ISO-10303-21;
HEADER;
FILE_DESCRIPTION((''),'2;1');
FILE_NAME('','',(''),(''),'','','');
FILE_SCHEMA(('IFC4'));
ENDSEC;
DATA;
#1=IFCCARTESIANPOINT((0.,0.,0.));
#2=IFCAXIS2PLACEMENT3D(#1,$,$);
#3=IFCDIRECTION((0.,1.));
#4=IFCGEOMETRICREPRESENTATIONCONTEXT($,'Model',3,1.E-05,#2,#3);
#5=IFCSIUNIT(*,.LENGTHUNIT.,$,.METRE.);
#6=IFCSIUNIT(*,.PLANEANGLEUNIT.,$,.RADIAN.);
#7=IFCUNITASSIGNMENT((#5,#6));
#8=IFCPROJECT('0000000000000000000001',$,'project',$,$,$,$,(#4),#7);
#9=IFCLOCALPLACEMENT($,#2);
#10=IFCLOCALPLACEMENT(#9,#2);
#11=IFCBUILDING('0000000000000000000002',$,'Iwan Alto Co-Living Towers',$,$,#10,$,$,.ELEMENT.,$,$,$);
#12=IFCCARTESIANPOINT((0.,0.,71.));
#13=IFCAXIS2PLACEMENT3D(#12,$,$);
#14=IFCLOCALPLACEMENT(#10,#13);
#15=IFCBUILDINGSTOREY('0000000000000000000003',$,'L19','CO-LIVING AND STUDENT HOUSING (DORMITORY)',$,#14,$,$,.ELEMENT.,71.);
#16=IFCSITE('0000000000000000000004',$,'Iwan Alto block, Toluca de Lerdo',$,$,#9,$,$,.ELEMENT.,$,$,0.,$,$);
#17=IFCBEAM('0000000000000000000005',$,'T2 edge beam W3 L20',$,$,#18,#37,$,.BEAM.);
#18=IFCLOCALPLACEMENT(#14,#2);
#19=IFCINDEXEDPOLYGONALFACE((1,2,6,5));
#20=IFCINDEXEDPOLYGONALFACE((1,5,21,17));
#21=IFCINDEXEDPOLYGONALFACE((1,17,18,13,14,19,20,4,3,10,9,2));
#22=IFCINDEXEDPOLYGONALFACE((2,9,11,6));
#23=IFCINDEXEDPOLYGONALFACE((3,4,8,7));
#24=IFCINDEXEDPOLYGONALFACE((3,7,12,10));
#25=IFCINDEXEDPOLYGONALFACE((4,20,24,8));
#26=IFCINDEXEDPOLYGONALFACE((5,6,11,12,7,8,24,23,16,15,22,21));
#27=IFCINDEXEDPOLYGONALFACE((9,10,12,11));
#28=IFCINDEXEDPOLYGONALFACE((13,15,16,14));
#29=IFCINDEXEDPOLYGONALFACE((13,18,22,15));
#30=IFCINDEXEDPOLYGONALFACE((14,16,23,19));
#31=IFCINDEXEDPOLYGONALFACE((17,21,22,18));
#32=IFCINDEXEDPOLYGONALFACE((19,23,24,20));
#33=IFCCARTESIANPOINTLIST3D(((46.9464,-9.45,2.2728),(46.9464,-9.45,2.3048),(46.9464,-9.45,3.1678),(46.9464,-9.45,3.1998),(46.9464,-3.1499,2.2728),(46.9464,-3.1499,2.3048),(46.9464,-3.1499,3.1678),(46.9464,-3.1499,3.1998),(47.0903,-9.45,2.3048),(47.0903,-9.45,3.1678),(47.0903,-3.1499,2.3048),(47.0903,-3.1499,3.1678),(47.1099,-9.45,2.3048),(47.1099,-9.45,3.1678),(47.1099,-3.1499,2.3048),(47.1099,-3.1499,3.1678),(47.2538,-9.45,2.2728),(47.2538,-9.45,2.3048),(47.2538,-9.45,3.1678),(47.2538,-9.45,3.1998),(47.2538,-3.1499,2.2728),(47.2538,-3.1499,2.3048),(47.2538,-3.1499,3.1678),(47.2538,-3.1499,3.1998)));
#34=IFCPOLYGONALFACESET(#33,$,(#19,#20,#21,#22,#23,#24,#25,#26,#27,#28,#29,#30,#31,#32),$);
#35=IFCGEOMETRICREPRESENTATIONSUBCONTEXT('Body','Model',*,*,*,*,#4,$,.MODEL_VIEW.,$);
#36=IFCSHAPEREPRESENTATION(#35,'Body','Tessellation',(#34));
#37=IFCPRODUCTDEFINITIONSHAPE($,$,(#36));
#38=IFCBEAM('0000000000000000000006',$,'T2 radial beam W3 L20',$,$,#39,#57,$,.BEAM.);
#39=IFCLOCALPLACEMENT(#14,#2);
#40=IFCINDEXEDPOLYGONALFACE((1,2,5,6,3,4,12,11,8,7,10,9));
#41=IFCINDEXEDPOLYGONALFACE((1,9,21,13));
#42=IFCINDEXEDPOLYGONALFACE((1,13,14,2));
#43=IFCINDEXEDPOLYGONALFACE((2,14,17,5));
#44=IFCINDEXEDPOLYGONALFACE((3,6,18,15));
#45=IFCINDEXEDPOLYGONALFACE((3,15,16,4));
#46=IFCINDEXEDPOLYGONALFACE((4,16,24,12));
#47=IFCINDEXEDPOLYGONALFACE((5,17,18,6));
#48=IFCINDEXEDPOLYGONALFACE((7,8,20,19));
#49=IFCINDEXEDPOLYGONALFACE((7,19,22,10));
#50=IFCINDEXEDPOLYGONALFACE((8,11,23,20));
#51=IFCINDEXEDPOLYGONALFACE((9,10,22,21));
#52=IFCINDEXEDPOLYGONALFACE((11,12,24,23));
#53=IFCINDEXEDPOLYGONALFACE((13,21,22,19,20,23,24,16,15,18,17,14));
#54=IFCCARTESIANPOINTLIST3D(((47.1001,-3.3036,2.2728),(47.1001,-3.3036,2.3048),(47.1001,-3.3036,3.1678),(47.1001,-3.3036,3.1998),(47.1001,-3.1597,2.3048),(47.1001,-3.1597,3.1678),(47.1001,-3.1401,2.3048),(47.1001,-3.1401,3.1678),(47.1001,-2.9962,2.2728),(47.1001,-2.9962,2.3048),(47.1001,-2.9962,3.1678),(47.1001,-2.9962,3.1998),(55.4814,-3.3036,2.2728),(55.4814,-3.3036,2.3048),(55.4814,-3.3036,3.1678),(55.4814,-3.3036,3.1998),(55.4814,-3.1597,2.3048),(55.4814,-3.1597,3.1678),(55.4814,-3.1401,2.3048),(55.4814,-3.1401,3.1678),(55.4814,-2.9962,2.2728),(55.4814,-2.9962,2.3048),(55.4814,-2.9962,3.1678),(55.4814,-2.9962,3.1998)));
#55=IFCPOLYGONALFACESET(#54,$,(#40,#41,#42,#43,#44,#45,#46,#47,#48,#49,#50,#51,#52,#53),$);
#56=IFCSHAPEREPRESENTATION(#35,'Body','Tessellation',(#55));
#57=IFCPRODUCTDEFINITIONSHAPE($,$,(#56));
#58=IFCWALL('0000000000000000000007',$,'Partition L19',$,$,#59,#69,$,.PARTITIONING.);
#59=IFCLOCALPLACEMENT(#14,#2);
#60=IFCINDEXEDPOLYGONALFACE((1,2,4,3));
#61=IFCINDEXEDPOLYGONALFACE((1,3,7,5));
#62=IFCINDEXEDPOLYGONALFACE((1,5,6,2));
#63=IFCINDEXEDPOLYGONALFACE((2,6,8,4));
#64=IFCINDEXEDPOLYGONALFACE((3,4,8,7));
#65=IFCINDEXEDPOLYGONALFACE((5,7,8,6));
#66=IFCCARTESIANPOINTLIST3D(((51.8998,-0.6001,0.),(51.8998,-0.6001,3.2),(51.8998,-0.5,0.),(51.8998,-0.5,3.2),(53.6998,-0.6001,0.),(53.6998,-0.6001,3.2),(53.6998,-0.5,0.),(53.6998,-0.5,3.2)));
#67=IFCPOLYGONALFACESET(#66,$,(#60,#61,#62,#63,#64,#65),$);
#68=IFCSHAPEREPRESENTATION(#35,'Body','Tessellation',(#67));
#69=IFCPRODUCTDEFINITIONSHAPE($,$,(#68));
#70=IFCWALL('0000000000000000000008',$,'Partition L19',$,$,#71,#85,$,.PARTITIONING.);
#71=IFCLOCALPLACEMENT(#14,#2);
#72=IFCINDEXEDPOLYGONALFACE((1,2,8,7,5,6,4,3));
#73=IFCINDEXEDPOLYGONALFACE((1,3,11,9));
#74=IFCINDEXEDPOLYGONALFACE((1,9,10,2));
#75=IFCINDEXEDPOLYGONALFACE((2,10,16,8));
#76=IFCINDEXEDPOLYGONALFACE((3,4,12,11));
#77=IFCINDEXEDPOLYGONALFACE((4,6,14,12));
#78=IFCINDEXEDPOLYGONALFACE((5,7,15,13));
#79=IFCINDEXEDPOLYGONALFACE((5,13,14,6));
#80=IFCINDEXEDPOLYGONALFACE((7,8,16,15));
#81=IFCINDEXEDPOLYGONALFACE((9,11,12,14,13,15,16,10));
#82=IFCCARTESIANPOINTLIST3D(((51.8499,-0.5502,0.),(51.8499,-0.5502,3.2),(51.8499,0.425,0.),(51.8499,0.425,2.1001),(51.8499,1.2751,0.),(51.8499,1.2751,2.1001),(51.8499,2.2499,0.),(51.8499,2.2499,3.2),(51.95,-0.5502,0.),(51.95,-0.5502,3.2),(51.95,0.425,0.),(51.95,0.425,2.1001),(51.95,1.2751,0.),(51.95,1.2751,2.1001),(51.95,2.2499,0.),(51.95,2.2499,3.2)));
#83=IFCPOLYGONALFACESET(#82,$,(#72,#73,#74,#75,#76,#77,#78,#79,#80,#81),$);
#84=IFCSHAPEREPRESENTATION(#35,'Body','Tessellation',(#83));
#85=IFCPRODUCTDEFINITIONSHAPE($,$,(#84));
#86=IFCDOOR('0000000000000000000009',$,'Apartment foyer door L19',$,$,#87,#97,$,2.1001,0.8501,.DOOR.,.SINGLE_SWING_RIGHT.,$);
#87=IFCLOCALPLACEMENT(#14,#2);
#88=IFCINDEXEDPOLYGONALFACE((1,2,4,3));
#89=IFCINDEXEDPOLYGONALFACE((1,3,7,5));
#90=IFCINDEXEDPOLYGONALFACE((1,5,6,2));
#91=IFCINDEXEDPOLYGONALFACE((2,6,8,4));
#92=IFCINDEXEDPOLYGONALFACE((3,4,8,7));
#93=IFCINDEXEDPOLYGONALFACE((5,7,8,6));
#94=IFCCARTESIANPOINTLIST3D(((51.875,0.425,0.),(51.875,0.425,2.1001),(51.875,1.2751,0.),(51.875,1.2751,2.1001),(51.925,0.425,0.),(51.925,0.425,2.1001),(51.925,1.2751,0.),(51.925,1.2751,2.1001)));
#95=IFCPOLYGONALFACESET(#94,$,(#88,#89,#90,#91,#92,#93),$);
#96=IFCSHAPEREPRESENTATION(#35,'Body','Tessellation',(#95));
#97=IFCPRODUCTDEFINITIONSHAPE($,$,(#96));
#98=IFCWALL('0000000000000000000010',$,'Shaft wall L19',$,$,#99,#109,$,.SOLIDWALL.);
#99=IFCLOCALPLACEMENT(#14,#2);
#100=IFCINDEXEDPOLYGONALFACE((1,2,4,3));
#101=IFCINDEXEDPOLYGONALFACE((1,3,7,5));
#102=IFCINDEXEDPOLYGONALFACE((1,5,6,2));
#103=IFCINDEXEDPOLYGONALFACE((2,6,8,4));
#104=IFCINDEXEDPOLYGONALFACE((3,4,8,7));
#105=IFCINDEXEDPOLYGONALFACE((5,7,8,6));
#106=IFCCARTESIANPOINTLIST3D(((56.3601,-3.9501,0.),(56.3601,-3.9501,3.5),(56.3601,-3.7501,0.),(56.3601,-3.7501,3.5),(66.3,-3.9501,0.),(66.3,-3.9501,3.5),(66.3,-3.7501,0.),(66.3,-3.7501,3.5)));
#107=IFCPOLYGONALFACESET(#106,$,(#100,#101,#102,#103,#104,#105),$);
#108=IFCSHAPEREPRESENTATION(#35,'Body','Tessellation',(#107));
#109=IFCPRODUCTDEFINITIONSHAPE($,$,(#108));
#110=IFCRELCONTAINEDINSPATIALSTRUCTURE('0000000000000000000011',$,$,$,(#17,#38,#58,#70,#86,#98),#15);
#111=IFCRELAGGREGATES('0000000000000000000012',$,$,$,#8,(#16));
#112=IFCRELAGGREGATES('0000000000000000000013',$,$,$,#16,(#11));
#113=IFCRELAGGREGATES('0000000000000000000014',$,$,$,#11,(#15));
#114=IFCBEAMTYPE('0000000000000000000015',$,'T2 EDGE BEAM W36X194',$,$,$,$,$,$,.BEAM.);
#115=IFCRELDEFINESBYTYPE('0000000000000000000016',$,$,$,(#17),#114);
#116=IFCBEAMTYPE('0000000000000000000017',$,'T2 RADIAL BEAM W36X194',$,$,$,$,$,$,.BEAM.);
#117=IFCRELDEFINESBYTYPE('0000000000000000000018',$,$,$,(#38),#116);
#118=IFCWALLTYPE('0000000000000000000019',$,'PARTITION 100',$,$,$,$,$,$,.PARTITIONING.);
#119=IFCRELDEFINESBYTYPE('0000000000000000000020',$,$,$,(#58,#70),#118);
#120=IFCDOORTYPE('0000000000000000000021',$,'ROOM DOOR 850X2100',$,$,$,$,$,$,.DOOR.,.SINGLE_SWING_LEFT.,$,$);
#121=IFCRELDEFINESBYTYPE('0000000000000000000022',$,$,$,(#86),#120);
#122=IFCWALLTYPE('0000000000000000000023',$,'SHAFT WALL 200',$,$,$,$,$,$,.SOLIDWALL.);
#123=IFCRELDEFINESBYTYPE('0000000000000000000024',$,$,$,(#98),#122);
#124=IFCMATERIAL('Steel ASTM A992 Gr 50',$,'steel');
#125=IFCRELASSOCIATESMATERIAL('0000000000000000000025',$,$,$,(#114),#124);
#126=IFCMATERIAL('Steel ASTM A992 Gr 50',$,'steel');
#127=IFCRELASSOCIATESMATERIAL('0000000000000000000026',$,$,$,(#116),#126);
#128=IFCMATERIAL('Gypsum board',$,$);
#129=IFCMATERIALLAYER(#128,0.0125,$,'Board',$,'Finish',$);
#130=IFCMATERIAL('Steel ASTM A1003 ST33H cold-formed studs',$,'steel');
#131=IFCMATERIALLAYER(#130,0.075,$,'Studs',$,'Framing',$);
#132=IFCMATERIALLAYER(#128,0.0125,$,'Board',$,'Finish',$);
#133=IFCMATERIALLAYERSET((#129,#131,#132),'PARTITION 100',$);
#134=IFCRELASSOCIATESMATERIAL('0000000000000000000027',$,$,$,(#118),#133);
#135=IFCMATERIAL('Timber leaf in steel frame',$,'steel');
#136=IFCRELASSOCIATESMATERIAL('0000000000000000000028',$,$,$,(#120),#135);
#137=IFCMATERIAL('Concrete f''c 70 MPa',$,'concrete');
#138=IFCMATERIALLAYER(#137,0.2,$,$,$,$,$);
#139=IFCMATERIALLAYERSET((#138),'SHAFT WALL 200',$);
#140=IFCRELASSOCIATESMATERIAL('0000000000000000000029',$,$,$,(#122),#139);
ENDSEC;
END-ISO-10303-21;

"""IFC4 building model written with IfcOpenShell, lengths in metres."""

from ifc_helpers import new_model, si_unit, direction, frame, frame_2d, origin, origin_2d, place, context, subcontext, project, spatial, rectangle, i_section, extrude, material, layer, layer_set, material_profile, profile_set, type_object, element, fill, save


model = new_model("IFC4")

# Units and contexts
model_context = context("Model", 3, precision=1e-05, world=origin(), true_north=direction((0.0, 1.0)))
body_context = subcontext(model_context, "Body", "Model", "MODEL_VIEW")
ifc_project = project(units=[si_unit("LENGTHUNIT", "METRE"), si_unit("PLANEANGLEUNIT", "RADIAN")], contexts=[model_context])

# Site, building, storey
site_placement = place(None, origin())
site = spatial("IfcSite", under=ifc_project, at=site_placement, Name="Iwan Alto block, Toluca de Lerdo", CompositionType="ELEMENT", RefElevation=0.0)
building_placement = place(site_placement, origin())
building = spatial("IfcBuilding", under=site, at=building_placement, Name="Iwan Alto Co-Living Towers", CompositionType="ELEMENT")
storey_placement = place(building_placement, frame((0.0, 0.0, 71.0)))
storey = spatial("IfcBuildingStorey", under=building, at=storey_placement, Name="L19", Description="CO-LIVING AND STUDENT HOUSING (DORMITORY)", CompositionType="ELEMENT", Elevation=71.0)

# Beams
ifc_material_1 = material(Name="Steel ASTM A992 Gr 50", Category="steel")
ifc_material_profile_1 = material_profile(ifc_material_1, i_section(OverallWidth=0.3074, OverallDepth=0.927, WebThickness=0.0195, FlangeThickness=0.032, at=origin_2d()), Name="W36X194")
ifc_profile_set_1 = profile_set([ifc_material_profile_1], Name="Steel ASTM A992 Gr 50")
beam_type_1 = type_object("IfcBeamType", Name="T2 EDGE BEAM W36X194", PredefinedType="BEAM", material=ifc_profile_set_1)
beam_1_placement = place(storey_placement, frame((47.1001, -3.1499, 2.7363), z_axis=(0.0, -1.0, 0.0), x_axis=(1.0, 0.0, 0.0)))
element("IfcBeam", 1, at=beam_1_placement, inside=storey, type_object=beam_type_1, Name="T2 edge beam W3 L20", PredefinedType="BEAM", context=body_context, shape_type="SweptSolid", body=[
    extrude(i_section(OverallWidth=0.3074, OverallDepth=0.927, WebThickness=0.0195, FlangeThickness=0.032, at=origin_2d()), origin(), (0.0, 0.0, 1.0), 6.3),
])
ifc_material_2 = material(Name="Steel ASTM A992 Gr 50", Category="steel")
ifc_material_profile_2 = material_profile(ifc_material_2, i_section(OverallWidth=0.3074, OverallDepth=0.927, WebThickness=0.0195, FlangeThickness=0.032, at=origin_2d()), Name="W36X194")
ifc_profile_set_2 = profile_set([ifc_material_profile_2], Name="Steel ASTM A992 Gr 50")
beam_type_2 = type_object("IfcBeamType", Name="T2 RADIAL BEAM W36X194", PredefinedType="BEAM", material=ifc_profile_set_2)
beam_2_placement = place(storey_placement, frame((47.1001, -3.1499, 2.7363), z_axis=(1.0, 0.0, 0.0), x_axis=(0.0, 1.0, 0.0)))
element("IfcBeam", 2, at=beam_2_placement, inside=storey, type_object=beam_type_2, Name="T2 radial beam W3 L20", PredefinedType="BEAM", context=body_context, shape_type="SweptSolid", body=[
    extrude(i_section(OverallWidth=0.3074, OverallDepth=0.927, WebThickness=0.0195, FlangeThickness=0.032, at=origin_2d()), origin(), (0.0, 0.0, 1.0), 8.3813),
])

# Wall
ifc_material_3 = material(Name="Gypsum board")
ifc_layer_1 = layer(ifc_material_3, 0.0125, Name="Board", Category="Finish")
ifc_material_4 = material(Name="Steel ASTM A1003 ST33H cold-formed studs", Category="steel")
ifc_layer_2 = layer(ifc_material_4, 0.075, Name="Studs", Category="Framing")
ifc_layer_3 = layer(ifc_material_3, 0.0125, Name="Board", Category="Finish")
ifc_layer_set_1 = layer_set([ifc_layer_1, ifc_layer_2, ifc_layer_3], Name="PARTITION 100")
wall_type_1 = type_object("IfcWallType", Name="PARTITION 100", PredefinedType="PARTITIONING", material=ifc_layer_set_1)
wall_1_placement = place(storey_placement, frame((51.8999, -0.55, 0.0), z_axis=(0.0, 0.0, 1.0), x_axis=(1.0, 0.0, 0.0)))
element("IfcWall", 3, at=wall_1_placement, inside=storey, type_object=wall_type_1, Name="Partition L19", PredefinedType="PARTITIONING", context=body_context, shape_type="SweptSolid", body=[
    extrude(rectangle(XDim=1.8, YDim=0.1001, at=frame_2d((0.8999, 0.0))), origin(), (0.0, 0.0, 1.0), 3.2),
])

# Wall, opening, door
wall_2_placement = place(storey_placement, frame((51.8999, -0.55, 0.0), z_axis=(0.0, 0.0, 1.0), x_axis=(0.0, 1.0, 0.0)))
wall_2 = element("IfcWall", 4, at=wall_2_placement, inside=storey, type_object=wall_type_1, Name="Partition L19", PredefinedType="PARTITIONING", context=body_context, shape_type="SweptSolid", body=[
    extrude(rectangle(XDim=2.8, YDim=0.1001, at=frame_2d((1.3999, 0.0))), origin(), (0.0, 0.0, 1.0), 3.2),
])
opening_1_placement = place(wall_2_placement, frame((0.9751, 0.0, 0.0)))
opening_1 = element("IfcOpeningElement", 5, at=opening_1_placement, cuts=wall_2, PredefinedType="OPENING", context=body_context, shape_type="SweptSolid", body=[
    extrude(rectangle(XDim=0.8501, YDim=2.1001, at=frame_2d((0.425, 1.05))), frame((0.0, 0.0601, 0.0), z_axis=(0.0, -1.0, 0.0), x_axis=(1.0, 0.0, 0.0)), (0.0, 0.0, 1.0), 0.1201),
])
ifc_material_5 = material(Name="Timber leaf in steel frame", Category="steel")
door_type_1 = type_object("IfcDoorType", Name="ROOM DOOR 850X2100", OperationType="SINGLE_SWING_LEFT", PredefinedType="DOOR", material=ifc_material_5)
door_1_placement = place(opening_1_placement, origin())
door_1 = element("IfcDoor", 6, at=door_1_placement, inside=storey, type_object=door_type_1, Name="Apartment foyer door L19", OperationType="SINGLE_SWING_RIGHT", OverallHeight=2.1001, OverallWidth=0.8501, PredefinedType="DOOR", context=body_context, shape_type="SweptSolid", body=[
    extrude(rectangle(XDim=0.8501, YDim=2.1001, at=frame_2d((0.425, 1.05))), frame((0.0, 0.0249, 0.0), z_axis=(0.0, -1.0, 0.0), x_axis=(1.0, 0.0, 0.0)), (0.0, 0.0, 1.0), 0.05),
])
fill(opening_1, door_1)

# Wall
ifc_material_6 = material(Name="Concrete f'c 70 MPa", Category="concrete")
ifc_layer_4 = layer(ifc_material_6, 0.2)
ifc_layer_set_2 = layer_set([ifc_layer_4], Name="SHAFT WALL 200")
wall_type_2 = type_object("IfcWallType", Name="SHAFT WALL 200", PredefinedType="SOLIDWALL", material=ifc_layer_set_2)
wall_3_placement = place(storey_placement, frame((56.3601, -3.8501, 0.0), z_axis=(0.0, 0.0, 1.0), x_axis=(1.0, 0.0, 0.0)))
element("IfcWall", 7, at=wall_3_placement, inside=storey, type_object=wall_type_2, Name="Shaft wall L19", PredefinedType="SOLIDWALL", context=body_context, shape_type="SweptSolid", body=[
    extrude(rectangle(XDim=9.9399, YDim=0.2, at=frame_2d((4.97, 0.0))), origin(), (0.0, 0.0, 1.0), 3.5),
])

save(model, "model.ifc")
